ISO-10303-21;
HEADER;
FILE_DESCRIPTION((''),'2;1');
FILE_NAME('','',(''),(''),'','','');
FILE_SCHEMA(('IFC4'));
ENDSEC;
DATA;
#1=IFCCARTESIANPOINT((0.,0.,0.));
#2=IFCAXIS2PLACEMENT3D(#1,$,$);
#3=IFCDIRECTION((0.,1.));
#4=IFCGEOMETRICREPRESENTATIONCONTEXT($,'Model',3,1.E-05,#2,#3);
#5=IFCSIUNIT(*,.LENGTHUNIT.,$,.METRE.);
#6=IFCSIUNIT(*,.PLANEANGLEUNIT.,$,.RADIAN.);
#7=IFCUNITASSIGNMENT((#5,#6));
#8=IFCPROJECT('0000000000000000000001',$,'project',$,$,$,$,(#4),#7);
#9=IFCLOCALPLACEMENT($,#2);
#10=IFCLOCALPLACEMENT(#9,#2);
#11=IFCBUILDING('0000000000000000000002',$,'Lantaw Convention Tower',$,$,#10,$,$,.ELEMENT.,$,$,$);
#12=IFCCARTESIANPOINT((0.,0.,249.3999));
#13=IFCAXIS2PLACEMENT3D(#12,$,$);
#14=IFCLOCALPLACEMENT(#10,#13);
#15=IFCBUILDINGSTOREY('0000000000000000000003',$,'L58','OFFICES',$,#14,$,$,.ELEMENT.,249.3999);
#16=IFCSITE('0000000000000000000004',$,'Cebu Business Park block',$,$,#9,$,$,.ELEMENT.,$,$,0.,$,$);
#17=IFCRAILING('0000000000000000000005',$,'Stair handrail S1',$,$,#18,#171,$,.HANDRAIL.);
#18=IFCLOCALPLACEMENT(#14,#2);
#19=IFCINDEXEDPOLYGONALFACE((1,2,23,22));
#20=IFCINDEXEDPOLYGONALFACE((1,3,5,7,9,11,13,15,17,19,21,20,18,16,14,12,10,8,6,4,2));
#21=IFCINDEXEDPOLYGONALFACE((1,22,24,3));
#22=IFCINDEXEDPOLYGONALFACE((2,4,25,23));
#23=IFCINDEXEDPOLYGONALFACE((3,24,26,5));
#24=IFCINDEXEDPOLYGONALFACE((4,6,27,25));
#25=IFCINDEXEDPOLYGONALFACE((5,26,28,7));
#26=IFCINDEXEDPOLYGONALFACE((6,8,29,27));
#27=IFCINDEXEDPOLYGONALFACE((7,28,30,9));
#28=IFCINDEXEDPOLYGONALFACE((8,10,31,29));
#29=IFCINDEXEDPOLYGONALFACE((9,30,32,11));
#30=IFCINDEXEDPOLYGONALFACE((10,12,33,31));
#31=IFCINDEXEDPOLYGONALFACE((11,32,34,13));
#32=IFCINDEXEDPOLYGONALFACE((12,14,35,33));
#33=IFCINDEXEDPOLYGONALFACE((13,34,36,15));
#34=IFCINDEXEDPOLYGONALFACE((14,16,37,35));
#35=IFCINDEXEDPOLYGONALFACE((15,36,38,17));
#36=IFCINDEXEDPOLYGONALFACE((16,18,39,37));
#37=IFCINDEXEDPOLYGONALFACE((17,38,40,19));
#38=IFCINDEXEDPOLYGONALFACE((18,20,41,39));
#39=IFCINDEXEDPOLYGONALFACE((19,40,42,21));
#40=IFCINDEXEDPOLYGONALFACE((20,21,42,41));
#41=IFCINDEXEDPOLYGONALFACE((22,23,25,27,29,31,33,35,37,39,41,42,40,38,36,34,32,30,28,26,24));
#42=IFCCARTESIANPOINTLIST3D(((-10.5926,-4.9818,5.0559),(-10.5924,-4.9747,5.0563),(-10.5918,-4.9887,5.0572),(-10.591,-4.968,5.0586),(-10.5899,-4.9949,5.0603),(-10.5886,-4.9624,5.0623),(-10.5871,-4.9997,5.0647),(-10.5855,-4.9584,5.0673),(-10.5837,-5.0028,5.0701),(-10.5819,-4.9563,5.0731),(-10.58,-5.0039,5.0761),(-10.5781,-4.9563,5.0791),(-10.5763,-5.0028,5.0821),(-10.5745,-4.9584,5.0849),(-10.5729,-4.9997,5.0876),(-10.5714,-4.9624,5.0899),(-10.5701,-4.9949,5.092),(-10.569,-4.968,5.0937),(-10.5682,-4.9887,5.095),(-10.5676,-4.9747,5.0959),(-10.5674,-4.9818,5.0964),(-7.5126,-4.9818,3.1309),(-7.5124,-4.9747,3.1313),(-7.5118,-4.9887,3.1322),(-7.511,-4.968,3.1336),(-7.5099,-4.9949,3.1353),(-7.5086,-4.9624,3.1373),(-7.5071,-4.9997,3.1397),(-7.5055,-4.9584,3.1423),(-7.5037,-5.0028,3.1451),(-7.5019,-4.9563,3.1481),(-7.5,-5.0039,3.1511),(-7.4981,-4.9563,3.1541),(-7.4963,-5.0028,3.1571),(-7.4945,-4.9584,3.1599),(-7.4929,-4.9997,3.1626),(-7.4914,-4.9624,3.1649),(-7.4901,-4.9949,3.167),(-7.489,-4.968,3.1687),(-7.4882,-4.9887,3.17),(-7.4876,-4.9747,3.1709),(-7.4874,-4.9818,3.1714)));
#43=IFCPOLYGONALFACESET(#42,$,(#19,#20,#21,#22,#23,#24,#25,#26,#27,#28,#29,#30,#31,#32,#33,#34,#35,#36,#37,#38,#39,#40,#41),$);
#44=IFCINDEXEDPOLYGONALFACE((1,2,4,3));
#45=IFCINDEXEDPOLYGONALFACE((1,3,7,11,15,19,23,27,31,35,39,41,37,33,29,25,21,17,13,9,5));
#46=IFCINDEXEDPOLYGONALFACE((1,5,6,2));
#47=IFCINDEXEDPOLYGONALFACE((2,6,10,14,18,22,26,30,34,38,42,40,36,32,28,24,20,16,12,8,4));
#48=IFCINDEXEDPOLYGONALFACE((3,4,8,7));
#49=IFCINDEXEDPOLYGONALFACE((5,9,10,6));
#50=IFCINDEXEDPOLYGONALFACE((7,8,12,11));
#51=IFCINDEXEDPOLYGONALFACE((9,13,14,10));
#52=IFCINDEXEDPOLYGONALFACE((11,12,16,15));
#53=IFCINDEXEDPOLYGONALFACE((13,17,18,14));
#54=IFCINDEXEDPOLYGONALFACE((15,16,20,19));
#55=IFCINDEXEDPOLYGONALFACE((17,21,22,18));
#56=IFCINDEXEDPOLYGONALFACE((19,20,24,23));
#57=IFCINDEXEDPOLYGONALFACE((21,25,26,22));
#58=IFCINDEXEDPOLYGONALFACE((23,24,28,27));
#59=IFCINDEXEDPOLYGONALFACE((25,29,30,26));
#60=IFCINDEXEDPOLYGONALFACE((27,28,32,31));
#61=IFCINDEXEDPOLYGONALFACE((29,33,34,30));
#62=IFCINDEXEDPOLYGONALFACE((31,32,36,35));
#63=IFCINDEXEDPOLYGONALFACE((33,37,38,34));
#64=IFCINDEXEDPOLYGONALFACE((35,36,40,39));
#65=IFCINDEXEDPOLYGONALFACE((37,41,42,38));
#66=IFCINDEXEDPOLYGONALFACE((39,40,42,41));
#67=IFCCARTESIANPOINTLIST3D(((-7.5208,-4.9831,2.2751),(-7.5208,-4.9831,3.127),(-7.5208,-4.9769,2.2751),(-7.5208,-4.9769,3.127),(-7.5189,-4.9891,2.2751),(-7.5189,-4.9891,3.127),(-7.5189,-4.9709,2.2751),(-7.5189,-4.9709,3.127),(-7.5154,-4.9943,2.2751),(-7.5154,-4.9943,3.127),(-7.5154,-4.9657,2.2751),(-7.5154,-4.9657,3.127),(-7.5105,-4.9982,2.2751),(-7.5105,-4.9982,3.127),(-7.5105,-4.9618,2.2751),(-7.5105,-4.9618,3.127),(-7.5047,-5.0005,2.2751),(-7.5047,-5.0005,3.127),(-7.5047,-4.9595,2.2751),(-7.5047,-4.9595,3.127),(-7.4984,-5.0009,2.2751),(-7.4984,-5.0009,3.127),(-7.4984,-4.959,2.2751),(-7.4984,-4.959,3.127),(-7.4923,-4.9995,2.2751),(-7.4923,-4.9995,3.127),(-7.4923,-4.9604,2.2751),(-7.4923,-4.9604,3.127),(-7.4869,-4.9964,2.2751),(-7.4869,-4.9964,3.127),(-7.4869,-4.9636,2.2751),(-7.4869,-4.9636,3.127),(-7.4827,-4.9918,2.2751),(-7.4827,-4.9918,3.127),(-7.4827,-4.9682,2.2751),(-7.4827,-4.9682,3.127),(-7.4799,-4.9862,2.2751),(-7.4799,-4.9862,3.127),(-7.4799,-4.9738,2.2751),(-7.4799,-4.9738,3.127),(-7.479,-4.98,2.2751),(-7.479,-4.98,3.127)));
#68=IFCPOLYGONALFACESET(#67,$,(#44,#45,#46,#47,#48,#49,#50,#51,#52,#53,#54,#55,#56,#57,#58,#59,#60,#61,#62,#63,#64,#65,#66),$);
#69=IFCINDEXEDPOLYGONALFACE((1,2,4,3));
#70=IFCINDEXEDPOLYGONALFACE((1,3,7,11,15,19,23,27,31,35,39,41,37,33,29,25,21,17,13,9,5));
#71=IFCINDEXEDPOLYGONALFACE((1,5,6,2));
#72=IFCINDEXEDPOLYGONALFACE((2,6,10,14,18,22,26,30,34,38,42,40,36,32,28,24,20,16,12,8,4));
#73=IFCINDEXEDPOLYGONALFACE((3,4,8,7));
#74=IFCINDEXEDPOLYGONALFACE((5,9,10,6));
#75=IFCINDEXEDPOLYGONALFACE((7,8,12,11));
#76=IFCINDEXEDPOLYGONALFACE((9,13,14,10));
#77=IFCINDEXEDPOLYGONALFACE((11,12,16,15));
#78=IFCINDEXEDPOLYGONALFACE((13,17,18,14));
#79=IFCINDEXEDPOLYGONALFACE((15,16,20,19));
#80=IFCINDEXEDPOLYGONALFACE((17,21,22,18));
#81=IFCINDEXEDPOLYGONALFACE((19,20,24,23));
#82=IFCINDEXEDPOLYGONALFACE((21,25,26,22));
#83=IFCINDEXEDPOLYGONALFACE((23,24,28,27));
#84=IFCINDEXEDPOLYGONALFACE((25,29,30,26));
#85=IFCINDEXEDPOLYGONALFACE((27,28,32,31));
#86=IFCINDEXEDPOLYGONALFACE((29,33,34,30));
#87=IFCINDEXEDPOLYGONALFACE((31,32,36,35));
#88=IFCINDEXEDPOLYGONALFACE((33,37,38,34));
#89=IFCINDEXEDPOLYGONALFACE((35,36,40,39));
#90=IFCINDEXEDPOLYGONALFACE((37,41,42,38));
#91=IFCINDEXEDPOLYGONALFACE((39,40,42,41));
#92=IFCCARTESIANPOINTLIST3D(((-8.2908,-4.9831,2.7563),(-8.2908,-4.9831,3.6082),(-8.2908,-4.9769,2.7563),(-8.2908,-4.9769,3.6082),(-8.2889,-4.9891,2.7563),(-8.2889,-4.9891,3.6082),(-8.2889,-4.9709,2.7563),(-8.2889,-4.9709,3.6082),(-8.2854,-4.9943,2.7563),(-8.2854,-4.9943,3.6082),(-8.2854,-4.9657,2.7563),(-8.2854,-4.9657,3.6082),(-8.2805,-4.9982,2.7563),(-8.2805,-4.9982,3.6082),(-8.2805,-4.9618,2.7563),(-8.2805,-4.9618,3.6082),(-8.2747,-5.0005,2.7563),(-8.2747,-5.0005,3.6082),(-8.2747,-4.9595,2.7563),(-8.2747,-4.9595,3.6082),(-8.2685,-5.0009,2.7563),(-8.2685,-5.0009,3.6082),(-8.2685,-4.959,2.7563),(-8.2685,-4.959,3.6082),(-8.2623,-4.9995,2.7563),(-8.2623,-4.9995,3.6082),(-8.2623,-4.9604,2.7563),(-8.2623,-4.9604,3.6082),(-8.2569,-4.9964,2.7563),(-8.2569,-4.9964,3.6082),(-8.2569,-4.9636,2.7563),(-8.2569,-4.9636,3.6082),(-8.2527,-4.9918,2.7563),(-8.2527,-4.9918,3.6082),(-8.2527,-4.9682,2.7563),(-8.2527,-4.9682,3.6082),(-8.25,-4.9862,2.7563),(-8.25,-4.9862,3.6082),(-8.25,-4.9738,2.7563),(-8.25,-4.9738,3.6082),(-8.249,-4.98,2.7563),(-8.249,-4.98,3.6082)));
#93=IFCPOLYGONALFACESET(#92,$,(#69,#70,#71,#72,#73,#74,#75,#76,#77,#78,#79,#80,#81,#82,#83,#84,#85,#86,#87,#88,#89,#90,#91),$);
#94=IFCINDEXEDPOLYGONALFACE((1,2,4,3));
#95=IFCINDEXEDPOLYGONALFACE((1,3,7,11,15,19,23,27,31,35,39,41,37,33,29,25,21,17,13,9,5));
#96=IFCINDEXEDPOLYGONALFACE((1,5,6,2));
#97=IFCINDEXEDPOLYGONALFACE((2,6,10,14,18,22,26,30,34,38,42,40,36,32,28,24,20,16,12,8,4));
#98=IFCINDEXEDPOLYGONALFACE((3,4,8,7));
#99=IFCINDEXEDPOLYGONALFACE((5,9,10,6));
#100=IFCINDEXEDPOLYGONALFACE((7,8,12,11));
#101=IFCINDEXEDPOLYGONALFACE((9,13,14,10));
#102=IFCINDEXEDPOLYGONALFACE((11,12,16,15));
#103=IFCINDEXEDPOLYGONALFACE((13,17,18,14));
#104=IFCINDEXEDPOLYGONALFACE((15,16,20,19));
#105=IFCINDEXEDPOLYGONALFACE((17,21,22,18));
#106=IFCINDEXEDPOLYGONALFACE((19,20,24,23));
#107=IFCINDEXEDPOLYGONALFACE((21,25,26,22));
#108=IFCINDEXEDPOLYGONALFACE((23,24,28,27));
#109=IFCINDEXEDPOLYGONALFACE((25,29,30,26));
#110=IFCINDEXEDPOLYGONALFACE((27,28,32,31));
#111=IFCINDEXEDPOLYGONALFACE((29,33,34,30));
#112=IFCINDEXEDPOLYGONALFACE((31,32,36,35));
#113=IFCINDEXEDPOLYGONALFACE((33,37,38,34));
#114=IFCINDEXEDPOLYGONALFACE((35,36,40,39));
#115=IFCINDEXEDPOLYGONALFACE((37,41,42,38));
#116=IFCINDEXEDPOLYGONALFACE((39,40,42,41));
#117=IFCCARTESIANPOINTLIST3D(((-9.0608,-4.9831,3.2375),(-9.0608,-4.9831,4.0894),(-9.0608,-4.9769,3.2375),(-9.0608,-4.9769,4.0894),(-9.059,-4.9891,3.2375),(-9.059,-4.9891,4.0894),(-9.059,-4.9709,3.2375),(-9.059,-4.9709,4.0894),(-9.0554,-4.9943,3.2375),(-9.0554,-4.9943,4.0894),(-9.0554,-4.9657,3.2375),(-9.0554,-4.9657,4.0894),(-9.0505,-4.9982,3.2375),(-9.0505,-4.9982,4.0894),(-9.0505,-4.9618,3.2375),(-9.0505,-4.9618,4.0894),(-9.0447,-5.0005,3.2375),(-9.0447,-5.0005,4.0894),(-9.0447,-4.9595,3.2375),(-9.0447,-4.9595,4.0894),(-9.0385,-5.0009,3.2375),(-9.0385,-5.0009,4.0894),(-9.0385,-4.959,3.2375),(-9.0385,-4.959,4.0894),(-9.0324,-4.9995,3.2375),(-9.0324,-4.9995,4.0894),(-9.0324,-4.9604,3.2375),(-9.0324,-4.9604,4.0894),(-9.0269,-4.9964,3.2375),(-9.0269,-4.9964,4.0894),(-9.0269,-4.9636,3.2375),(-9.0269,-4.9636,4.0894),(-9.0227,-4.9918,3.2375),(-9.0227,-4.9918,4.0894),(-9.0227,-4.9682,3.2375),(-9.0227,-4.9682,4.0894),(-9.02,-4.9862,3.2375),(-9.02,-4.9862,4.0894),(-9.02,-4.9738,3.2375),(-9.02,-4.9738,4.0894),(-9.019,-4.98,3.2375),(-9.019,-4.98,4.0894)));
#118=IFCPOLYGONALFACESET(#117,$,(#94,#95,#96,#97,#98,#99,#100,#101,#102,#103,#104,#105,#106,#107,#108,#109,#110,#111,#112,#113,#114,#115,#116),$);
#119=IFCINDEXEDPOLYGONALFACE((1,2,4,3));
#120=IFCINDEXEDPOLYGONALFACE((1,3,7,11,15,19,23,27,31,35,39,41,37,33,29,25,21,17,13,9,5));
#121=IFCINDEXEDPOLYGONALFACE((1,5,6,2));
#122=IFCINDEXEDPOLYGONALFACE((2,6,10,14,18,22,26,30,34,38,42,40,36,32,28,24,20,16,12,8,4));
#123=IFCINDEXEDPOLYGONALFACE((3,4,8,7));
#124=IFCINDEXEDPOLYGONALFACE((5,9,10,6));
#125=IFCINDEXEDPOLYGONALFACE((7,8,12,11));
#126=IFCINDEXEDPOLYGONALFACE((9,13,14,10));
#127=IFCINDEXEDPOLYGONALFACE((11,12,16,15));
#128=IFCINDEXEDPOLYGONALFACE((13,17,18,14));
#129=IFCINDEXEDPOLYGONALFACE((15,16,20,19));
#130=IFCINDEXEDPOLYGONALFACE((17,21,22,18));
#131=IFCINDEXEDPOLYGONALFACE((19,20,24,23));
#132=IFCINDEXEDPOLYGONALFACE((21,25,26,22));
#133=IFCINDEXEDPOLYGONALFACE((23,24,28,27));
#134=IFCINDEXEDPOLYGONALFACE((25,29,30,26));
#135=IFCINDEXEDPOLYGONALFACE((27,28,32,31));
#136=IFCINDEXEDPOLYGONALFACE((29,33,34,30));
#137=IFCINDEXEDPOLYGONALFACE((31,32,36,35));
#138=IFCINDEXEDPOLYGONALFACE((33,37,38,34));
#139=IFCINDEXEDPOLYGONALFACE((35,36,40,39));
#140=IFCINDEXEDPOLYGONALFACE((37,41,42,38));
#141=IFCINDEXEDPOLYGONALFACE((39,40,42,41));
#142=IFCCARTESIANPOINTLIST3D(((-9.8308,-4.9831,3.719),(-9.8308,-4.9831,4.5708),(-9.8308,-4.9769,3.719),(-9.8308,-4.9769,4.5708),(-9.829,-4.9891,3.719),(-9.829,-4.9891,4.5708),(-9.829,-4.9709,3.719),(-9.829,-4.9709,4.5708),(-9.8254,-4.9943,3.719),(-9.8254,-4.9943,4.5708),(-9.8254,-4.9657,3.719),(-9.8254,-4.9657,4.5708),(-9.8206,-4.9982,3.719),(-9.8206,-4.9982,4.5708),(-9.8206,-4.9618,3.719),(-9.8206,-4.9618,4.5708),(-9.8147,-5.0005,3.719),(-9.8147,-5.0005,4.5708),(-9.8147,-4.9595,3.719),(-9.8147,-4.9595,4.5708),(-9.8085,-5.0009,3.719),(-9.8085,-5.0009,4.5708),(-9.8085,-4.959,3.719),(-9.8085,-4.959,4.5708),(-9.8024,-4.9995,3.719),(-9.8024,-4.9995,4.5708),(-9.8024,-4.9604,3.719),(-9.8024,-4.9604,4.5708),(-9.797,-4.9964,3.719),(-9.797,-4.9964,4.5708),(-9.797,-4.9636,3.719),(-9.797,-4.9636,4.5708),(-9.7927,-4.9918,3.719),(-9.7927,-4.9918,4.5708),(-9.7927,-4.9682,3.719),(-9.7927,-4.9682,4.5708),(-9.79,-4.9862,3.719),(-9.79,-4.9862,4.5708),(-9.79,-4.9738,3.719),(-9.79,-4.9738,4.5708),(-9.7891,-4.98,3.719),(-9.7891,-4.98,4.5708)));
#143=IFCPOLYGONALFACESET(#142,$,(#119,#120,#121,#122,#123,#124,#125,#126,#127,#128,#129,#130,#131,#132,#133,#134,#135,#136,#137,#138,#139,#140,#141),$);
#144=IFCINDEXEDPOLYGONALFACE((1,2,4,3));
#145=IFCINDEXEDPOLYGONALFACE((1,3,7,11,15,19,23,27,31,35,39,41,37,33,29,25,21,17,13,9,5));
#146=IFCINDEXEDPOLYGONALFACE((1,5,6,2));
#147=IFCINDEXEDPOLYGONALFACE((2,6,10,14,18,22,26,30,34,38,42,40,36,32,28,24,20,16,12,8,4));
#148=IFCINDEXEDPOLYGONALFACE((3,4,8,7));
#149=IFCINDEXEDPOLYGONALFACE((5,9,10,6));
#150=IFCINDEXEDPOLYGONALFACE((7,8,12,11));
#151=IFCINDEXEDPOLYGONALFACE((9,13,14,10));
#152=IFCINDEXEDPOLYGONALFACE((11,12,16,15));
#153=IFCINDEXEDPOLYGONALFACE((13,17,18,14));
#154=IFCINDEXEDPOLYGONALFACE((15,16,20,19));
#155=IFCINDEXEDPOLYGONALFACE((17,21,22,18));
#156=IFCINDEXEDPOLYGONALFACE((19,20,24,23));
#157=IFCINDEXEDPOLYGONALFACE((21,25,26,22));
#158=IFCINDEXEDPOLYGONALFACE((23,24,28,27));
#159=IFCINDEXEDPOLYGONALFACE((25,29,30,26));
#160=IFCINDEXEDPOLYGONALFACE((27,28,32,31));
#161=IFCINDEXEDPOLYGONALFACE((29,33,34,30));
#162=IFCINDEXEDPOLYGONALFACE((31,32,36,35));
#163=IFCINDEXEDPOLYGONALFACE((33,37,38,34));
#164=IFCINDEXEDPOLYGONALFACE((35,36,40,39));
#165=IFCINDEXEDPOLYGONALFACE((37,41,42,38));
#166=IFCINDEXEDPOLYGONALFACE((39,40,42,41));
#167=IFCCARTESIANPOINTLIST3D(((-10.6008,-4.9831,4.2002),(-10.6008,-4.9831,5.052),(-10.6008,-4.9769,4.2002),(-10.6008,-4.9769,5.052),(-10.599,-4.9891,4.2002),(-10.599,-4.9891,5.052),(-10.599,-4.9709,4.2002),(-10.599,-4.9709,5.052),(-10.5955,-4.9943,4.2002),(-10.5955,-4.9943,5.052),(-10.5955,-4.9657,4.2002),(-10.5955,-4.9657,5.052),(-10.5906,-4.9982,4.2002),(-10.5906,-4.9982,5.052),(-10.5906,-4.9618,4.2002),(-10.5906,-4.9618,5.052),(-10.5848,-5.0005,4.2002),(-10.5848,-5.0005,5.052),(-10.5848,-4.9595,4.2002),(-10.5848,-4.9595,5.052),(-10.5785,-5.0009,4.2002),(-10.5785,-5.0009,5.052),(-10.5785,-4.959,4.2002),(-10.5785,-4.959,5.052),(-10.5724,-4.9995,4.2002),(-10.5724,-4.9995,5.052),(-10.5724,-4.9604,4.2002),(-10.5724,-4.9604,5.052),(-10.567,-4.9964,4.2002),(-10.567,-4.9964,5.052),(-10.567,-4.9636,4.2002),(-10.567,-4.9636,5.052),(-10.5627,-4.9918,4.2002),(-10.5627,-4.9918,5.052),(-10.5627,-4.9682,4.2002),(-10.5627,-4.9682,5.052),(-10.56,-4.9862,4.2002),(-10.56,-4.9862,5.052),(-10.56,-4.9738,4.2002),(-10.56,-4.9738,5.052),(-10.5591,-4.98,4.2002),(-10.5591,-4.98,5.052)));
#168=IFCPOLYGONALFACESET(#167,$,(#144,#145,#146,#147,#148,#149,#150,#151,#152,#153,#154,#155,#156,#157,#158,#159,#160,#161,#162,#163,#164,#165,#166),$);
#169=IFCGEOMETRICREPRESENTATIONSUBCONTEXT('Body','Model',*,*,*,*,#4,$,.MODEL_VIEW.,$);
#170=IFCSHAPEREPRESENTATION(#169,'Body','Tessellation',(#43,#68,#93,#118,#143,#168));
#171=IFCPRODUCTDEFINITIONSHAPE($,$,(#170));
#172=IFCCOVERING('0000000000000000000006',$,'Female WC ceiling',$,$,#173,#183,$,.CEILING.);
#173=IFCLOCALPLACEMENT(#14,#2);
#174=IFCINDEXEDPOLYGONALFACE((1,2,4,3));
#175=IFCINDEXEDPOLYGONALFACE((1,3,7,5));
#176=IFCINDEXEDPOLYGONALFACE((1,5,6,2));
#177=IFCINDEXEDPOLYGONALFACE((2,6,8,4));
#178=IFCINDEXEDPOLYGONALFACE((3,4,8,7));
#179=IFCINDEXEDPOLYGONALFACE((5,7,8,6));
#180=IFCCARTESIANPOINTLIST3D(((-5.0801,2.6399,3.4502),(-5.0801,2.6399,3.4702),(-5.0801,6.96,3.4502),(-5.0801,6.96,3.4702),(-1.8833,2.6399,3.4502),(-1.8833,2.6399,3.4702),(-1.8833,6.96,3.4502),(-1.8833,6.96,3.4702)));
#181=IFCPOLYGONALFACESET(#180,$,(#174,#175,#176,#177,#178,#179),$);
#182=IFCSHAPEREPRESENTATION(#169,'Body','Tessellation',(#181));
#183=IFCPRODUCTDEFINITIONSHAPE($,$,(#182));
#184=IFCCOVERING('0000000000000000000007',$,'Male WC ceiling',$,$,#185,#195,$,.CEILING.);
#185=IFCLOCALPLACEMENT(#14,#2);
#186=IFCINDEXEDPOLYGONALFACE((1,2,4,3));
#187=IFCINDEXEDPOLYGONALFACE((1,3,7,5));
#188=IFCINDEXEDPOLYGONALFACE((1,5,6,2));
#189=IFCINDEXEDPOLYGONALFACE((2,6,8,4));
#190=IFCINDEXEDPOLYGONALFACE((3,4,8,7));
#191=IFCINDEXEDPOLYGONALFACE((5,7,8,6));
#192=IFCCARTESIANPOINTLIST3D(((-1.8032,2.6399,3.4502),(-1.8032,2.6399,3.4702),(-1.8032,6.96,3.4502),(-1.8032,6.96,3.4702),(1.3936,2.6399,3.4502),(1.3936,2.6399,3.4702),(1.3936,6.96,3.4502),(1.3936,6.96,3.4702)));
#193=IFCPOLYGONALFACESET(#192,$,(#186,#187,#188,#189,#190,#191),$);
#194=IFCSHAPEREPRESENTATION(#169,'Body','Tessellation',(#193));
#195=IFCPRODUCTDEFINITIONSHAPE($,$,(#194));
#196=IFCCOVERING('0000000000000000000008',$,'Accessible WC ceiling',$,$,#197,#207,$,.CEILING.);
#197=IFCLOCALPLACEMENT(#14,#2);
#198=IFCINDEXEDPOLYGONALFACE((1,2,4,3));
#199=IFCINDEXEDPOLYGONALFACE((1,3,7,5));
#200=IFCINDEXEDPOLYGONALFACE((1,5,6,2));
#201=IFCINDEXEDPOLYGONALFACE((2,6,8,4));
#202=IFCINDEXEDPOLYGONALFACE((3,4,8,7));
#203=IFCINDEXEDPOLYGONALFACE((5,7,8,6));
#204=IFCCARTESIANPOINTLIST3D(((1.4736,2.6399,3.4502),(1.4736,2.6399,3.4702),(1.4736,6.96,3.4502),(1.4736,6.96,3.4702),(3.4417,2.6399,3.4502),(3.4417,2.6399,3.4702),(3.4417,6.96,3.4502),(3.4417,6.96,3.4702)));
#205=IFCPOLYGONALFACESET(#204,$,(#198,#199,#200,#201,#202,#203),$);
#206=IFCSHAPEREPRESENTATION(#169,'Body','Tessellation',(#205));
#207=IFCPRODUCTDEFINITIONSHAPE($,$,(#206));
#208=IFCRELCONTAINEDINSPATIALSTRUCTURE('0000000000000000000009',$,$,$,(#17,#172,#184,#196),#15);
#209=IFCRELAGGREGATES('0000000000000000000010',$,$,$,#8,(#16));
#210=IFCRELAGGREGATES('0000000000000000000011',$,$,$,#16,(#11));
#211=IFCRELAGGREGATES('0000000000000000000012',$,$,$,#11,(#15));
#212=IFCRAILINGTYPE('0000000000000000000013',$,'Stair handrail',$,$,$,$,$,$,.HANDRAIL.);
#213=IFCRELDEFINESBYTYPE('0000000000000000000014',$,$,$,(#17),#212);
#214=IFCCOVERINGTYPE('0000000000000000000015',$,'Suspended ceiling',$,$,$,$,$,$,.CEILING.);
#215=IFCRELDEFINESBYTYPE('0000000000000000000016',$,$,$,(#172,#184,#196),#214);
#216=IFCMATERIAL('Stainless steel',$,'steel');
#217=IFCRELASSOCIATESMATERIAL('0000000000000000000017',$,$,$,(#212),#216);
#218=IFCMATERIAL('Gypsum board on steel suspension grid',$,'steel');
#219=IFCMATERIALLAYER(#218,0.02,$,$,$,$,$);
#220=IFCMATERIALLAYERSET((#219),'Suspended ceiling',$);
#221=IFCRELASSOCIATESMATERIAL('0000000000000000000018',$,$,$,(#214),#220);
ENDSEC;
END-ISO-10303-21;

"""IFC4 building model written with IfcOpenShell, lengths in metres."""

from ifc_helpers import new_model, si_unit, direction, frame, origin, origin_2d, place, context, subcontext, project, spatial, polyline, circle, outline, extrude, material, layer, layer_set, type_object, element, save


model = new_model("IFC4")

# Units and contexts
model_context = context("Model", 3, precision=1e-05, world=origin(), true_north=direction((0.0, 1.0)))
body_context = subcontext(model_context, "Body", "Model", "MODEL_VIEW")
ifc_project = project(units=[si_unit("LENGTHUNIT", "METRE"), si_unit("PLANEANGLEUNIT", "RADIAN")], contexts=[model_context])

# Site, building, storey
site_placement = place(None, origin())
site = spatial("IfcSite", under=ifc_project, at=site_placement, Name="Cebu Business Park block", CompositionType="ELEMENT", RefElevation=0.0)
building_placement = place(site_placement, origin())
building = spatial("IfcBuilding", under=site, at=building_placement, Name="Lantaw Convention Tower", CompositionType="ELEMENT")
storey_placement = place(building_placement, frame((0.0, 0.0, 249.3999)))
storey = spatial("IfcBuildingStorey", under=building, at=storey_placement, Name="L58", Description="OFFICES", CompositionType="ELEMENT", Elevation=249.3999)

# Shared definitions
ifc_material_1 = material(Name="Stainless steel", Category="steel")

# Railing
railing_type = type_object("IfcRailingType", Name="Stair handrail", PredefinedType="HANDRAIL", material=ifc_material_1)
railing_1_placement = place(storey_placement, frame((-7.5, -4.98, 2.2751)))
element("IfcRailing", 1, at=railing_1_placement, inside=storey, type_object=railing_type, Name="Stair handrail S1", PredefinedType="HANDRAIL", context=body_context, shape_type="SweptSolid", body=[
    extrude(circle(Radius=0.0239, at=origin_2d()), frame((0.0, 0.0, 0.876), z_axis=(-0.847998, 0.0, 0.529999), x_axis=(0.0, -1.0, 0.0)), (0.0, 0.0, 1.0), 3.6321),
    extrude(circle(Radius=0.021, at=origin_2d()), origin(), (0.0, 0.0, 1.0), 0.8518),
    extrude(circle(Radius=0.021, at=origin_2d()), frame((-0.77, 0.0, 0.4812)), (0.0, 0.0, 1.0), 0.8518),
    extrude(circle(Radius=0.021, at=origin_2d()), frame((-1.54, 0.0, 0.9624)), (0.0, 0.0, 1.0), 0.8518),
    extrude(circle(Radius=0.021, at=origin_2d()), frame((-2.3101, 0.0, 1.4438)), (0.0, 0.0, 1.0), 0.8518),
    extrude(circle(Radius=0.021, at=origin_2d()), frame((-3.0801, 0.0, 1.925)), (0.0, 0.0, 1.0), 0.8518),
])

# Coverings
ifc_material_2 = material(Name="Gypsum board on steel suspension grid", Category="steel")
ifc_layer_1 = layer(ifc_material_2, 0.02)
ifc_layer_set_1 = layer_set([ifc_layer_1], Name="Suspended ceiling")
covering_type = type_object("IfcCoveringType", Name="Suspended ceiling", PredefinedType="CEILING", material=ifc_layer_set_1)
covering_1_placement = place(storey_placement, frame((0.0, 0.0, 3.4502)))
element("IfcCovering", 2, at=covering_1_placement, inside=storey, type_object=covering_type, Name="Female WC ceiling", PredefinedType="CEILING", context=body_context, shape_type="SweptSolid", body=[
    extrude(outline(polyline([(-5.0801, 2.6399), (-1.8833, 2.6399), (-1.8833, 6.96), (-5.0801, 6.96), (-5.0801, 2.6399)])), origin(), (0.0, 0.0, 1.0), 0.02),
])
covering_2_placement = place(storey_placement, frame((0.0, 0.0, 3.4502)))
element("IfcCovering", 3, at=covering_2_placement, inside=storey, type_object=covering_type, Name="Male WC ceiling", PredefinedType="CEILING", context=body_context, shape_type="SweptSolid", body=[
    extrude(outline(polyline([(-1.8032, 2.6399), (1.3936, 2.6399), (1.3936, 6.96), (-1.8032, 6.96), (-1.8032, 2.6399)])), origin(), (0.0, 0.0, 1.0), 0.02),
])
covering_3_placement = place(storey_placement, frame((0.0, 0.0, 3.4502)))
element("IfcCovering", 4, at=covering_3_placement, inside=storey, type_object=covering_type, Name="Accessible WC ceiling", PredefinedType="CEILING", context=body_context, shape_type="SweptSolid", body=[
    extrude(outline(polyline([(1.4736, 2.6399), (3.4417, 2.6399), (3.4417, 6.96), (1.4736, 6.96), (1.4736, 2.6399)])), origin(), (0.0, 0.0, 1.0), 0.02),
])

save(model, "model.ifc")
